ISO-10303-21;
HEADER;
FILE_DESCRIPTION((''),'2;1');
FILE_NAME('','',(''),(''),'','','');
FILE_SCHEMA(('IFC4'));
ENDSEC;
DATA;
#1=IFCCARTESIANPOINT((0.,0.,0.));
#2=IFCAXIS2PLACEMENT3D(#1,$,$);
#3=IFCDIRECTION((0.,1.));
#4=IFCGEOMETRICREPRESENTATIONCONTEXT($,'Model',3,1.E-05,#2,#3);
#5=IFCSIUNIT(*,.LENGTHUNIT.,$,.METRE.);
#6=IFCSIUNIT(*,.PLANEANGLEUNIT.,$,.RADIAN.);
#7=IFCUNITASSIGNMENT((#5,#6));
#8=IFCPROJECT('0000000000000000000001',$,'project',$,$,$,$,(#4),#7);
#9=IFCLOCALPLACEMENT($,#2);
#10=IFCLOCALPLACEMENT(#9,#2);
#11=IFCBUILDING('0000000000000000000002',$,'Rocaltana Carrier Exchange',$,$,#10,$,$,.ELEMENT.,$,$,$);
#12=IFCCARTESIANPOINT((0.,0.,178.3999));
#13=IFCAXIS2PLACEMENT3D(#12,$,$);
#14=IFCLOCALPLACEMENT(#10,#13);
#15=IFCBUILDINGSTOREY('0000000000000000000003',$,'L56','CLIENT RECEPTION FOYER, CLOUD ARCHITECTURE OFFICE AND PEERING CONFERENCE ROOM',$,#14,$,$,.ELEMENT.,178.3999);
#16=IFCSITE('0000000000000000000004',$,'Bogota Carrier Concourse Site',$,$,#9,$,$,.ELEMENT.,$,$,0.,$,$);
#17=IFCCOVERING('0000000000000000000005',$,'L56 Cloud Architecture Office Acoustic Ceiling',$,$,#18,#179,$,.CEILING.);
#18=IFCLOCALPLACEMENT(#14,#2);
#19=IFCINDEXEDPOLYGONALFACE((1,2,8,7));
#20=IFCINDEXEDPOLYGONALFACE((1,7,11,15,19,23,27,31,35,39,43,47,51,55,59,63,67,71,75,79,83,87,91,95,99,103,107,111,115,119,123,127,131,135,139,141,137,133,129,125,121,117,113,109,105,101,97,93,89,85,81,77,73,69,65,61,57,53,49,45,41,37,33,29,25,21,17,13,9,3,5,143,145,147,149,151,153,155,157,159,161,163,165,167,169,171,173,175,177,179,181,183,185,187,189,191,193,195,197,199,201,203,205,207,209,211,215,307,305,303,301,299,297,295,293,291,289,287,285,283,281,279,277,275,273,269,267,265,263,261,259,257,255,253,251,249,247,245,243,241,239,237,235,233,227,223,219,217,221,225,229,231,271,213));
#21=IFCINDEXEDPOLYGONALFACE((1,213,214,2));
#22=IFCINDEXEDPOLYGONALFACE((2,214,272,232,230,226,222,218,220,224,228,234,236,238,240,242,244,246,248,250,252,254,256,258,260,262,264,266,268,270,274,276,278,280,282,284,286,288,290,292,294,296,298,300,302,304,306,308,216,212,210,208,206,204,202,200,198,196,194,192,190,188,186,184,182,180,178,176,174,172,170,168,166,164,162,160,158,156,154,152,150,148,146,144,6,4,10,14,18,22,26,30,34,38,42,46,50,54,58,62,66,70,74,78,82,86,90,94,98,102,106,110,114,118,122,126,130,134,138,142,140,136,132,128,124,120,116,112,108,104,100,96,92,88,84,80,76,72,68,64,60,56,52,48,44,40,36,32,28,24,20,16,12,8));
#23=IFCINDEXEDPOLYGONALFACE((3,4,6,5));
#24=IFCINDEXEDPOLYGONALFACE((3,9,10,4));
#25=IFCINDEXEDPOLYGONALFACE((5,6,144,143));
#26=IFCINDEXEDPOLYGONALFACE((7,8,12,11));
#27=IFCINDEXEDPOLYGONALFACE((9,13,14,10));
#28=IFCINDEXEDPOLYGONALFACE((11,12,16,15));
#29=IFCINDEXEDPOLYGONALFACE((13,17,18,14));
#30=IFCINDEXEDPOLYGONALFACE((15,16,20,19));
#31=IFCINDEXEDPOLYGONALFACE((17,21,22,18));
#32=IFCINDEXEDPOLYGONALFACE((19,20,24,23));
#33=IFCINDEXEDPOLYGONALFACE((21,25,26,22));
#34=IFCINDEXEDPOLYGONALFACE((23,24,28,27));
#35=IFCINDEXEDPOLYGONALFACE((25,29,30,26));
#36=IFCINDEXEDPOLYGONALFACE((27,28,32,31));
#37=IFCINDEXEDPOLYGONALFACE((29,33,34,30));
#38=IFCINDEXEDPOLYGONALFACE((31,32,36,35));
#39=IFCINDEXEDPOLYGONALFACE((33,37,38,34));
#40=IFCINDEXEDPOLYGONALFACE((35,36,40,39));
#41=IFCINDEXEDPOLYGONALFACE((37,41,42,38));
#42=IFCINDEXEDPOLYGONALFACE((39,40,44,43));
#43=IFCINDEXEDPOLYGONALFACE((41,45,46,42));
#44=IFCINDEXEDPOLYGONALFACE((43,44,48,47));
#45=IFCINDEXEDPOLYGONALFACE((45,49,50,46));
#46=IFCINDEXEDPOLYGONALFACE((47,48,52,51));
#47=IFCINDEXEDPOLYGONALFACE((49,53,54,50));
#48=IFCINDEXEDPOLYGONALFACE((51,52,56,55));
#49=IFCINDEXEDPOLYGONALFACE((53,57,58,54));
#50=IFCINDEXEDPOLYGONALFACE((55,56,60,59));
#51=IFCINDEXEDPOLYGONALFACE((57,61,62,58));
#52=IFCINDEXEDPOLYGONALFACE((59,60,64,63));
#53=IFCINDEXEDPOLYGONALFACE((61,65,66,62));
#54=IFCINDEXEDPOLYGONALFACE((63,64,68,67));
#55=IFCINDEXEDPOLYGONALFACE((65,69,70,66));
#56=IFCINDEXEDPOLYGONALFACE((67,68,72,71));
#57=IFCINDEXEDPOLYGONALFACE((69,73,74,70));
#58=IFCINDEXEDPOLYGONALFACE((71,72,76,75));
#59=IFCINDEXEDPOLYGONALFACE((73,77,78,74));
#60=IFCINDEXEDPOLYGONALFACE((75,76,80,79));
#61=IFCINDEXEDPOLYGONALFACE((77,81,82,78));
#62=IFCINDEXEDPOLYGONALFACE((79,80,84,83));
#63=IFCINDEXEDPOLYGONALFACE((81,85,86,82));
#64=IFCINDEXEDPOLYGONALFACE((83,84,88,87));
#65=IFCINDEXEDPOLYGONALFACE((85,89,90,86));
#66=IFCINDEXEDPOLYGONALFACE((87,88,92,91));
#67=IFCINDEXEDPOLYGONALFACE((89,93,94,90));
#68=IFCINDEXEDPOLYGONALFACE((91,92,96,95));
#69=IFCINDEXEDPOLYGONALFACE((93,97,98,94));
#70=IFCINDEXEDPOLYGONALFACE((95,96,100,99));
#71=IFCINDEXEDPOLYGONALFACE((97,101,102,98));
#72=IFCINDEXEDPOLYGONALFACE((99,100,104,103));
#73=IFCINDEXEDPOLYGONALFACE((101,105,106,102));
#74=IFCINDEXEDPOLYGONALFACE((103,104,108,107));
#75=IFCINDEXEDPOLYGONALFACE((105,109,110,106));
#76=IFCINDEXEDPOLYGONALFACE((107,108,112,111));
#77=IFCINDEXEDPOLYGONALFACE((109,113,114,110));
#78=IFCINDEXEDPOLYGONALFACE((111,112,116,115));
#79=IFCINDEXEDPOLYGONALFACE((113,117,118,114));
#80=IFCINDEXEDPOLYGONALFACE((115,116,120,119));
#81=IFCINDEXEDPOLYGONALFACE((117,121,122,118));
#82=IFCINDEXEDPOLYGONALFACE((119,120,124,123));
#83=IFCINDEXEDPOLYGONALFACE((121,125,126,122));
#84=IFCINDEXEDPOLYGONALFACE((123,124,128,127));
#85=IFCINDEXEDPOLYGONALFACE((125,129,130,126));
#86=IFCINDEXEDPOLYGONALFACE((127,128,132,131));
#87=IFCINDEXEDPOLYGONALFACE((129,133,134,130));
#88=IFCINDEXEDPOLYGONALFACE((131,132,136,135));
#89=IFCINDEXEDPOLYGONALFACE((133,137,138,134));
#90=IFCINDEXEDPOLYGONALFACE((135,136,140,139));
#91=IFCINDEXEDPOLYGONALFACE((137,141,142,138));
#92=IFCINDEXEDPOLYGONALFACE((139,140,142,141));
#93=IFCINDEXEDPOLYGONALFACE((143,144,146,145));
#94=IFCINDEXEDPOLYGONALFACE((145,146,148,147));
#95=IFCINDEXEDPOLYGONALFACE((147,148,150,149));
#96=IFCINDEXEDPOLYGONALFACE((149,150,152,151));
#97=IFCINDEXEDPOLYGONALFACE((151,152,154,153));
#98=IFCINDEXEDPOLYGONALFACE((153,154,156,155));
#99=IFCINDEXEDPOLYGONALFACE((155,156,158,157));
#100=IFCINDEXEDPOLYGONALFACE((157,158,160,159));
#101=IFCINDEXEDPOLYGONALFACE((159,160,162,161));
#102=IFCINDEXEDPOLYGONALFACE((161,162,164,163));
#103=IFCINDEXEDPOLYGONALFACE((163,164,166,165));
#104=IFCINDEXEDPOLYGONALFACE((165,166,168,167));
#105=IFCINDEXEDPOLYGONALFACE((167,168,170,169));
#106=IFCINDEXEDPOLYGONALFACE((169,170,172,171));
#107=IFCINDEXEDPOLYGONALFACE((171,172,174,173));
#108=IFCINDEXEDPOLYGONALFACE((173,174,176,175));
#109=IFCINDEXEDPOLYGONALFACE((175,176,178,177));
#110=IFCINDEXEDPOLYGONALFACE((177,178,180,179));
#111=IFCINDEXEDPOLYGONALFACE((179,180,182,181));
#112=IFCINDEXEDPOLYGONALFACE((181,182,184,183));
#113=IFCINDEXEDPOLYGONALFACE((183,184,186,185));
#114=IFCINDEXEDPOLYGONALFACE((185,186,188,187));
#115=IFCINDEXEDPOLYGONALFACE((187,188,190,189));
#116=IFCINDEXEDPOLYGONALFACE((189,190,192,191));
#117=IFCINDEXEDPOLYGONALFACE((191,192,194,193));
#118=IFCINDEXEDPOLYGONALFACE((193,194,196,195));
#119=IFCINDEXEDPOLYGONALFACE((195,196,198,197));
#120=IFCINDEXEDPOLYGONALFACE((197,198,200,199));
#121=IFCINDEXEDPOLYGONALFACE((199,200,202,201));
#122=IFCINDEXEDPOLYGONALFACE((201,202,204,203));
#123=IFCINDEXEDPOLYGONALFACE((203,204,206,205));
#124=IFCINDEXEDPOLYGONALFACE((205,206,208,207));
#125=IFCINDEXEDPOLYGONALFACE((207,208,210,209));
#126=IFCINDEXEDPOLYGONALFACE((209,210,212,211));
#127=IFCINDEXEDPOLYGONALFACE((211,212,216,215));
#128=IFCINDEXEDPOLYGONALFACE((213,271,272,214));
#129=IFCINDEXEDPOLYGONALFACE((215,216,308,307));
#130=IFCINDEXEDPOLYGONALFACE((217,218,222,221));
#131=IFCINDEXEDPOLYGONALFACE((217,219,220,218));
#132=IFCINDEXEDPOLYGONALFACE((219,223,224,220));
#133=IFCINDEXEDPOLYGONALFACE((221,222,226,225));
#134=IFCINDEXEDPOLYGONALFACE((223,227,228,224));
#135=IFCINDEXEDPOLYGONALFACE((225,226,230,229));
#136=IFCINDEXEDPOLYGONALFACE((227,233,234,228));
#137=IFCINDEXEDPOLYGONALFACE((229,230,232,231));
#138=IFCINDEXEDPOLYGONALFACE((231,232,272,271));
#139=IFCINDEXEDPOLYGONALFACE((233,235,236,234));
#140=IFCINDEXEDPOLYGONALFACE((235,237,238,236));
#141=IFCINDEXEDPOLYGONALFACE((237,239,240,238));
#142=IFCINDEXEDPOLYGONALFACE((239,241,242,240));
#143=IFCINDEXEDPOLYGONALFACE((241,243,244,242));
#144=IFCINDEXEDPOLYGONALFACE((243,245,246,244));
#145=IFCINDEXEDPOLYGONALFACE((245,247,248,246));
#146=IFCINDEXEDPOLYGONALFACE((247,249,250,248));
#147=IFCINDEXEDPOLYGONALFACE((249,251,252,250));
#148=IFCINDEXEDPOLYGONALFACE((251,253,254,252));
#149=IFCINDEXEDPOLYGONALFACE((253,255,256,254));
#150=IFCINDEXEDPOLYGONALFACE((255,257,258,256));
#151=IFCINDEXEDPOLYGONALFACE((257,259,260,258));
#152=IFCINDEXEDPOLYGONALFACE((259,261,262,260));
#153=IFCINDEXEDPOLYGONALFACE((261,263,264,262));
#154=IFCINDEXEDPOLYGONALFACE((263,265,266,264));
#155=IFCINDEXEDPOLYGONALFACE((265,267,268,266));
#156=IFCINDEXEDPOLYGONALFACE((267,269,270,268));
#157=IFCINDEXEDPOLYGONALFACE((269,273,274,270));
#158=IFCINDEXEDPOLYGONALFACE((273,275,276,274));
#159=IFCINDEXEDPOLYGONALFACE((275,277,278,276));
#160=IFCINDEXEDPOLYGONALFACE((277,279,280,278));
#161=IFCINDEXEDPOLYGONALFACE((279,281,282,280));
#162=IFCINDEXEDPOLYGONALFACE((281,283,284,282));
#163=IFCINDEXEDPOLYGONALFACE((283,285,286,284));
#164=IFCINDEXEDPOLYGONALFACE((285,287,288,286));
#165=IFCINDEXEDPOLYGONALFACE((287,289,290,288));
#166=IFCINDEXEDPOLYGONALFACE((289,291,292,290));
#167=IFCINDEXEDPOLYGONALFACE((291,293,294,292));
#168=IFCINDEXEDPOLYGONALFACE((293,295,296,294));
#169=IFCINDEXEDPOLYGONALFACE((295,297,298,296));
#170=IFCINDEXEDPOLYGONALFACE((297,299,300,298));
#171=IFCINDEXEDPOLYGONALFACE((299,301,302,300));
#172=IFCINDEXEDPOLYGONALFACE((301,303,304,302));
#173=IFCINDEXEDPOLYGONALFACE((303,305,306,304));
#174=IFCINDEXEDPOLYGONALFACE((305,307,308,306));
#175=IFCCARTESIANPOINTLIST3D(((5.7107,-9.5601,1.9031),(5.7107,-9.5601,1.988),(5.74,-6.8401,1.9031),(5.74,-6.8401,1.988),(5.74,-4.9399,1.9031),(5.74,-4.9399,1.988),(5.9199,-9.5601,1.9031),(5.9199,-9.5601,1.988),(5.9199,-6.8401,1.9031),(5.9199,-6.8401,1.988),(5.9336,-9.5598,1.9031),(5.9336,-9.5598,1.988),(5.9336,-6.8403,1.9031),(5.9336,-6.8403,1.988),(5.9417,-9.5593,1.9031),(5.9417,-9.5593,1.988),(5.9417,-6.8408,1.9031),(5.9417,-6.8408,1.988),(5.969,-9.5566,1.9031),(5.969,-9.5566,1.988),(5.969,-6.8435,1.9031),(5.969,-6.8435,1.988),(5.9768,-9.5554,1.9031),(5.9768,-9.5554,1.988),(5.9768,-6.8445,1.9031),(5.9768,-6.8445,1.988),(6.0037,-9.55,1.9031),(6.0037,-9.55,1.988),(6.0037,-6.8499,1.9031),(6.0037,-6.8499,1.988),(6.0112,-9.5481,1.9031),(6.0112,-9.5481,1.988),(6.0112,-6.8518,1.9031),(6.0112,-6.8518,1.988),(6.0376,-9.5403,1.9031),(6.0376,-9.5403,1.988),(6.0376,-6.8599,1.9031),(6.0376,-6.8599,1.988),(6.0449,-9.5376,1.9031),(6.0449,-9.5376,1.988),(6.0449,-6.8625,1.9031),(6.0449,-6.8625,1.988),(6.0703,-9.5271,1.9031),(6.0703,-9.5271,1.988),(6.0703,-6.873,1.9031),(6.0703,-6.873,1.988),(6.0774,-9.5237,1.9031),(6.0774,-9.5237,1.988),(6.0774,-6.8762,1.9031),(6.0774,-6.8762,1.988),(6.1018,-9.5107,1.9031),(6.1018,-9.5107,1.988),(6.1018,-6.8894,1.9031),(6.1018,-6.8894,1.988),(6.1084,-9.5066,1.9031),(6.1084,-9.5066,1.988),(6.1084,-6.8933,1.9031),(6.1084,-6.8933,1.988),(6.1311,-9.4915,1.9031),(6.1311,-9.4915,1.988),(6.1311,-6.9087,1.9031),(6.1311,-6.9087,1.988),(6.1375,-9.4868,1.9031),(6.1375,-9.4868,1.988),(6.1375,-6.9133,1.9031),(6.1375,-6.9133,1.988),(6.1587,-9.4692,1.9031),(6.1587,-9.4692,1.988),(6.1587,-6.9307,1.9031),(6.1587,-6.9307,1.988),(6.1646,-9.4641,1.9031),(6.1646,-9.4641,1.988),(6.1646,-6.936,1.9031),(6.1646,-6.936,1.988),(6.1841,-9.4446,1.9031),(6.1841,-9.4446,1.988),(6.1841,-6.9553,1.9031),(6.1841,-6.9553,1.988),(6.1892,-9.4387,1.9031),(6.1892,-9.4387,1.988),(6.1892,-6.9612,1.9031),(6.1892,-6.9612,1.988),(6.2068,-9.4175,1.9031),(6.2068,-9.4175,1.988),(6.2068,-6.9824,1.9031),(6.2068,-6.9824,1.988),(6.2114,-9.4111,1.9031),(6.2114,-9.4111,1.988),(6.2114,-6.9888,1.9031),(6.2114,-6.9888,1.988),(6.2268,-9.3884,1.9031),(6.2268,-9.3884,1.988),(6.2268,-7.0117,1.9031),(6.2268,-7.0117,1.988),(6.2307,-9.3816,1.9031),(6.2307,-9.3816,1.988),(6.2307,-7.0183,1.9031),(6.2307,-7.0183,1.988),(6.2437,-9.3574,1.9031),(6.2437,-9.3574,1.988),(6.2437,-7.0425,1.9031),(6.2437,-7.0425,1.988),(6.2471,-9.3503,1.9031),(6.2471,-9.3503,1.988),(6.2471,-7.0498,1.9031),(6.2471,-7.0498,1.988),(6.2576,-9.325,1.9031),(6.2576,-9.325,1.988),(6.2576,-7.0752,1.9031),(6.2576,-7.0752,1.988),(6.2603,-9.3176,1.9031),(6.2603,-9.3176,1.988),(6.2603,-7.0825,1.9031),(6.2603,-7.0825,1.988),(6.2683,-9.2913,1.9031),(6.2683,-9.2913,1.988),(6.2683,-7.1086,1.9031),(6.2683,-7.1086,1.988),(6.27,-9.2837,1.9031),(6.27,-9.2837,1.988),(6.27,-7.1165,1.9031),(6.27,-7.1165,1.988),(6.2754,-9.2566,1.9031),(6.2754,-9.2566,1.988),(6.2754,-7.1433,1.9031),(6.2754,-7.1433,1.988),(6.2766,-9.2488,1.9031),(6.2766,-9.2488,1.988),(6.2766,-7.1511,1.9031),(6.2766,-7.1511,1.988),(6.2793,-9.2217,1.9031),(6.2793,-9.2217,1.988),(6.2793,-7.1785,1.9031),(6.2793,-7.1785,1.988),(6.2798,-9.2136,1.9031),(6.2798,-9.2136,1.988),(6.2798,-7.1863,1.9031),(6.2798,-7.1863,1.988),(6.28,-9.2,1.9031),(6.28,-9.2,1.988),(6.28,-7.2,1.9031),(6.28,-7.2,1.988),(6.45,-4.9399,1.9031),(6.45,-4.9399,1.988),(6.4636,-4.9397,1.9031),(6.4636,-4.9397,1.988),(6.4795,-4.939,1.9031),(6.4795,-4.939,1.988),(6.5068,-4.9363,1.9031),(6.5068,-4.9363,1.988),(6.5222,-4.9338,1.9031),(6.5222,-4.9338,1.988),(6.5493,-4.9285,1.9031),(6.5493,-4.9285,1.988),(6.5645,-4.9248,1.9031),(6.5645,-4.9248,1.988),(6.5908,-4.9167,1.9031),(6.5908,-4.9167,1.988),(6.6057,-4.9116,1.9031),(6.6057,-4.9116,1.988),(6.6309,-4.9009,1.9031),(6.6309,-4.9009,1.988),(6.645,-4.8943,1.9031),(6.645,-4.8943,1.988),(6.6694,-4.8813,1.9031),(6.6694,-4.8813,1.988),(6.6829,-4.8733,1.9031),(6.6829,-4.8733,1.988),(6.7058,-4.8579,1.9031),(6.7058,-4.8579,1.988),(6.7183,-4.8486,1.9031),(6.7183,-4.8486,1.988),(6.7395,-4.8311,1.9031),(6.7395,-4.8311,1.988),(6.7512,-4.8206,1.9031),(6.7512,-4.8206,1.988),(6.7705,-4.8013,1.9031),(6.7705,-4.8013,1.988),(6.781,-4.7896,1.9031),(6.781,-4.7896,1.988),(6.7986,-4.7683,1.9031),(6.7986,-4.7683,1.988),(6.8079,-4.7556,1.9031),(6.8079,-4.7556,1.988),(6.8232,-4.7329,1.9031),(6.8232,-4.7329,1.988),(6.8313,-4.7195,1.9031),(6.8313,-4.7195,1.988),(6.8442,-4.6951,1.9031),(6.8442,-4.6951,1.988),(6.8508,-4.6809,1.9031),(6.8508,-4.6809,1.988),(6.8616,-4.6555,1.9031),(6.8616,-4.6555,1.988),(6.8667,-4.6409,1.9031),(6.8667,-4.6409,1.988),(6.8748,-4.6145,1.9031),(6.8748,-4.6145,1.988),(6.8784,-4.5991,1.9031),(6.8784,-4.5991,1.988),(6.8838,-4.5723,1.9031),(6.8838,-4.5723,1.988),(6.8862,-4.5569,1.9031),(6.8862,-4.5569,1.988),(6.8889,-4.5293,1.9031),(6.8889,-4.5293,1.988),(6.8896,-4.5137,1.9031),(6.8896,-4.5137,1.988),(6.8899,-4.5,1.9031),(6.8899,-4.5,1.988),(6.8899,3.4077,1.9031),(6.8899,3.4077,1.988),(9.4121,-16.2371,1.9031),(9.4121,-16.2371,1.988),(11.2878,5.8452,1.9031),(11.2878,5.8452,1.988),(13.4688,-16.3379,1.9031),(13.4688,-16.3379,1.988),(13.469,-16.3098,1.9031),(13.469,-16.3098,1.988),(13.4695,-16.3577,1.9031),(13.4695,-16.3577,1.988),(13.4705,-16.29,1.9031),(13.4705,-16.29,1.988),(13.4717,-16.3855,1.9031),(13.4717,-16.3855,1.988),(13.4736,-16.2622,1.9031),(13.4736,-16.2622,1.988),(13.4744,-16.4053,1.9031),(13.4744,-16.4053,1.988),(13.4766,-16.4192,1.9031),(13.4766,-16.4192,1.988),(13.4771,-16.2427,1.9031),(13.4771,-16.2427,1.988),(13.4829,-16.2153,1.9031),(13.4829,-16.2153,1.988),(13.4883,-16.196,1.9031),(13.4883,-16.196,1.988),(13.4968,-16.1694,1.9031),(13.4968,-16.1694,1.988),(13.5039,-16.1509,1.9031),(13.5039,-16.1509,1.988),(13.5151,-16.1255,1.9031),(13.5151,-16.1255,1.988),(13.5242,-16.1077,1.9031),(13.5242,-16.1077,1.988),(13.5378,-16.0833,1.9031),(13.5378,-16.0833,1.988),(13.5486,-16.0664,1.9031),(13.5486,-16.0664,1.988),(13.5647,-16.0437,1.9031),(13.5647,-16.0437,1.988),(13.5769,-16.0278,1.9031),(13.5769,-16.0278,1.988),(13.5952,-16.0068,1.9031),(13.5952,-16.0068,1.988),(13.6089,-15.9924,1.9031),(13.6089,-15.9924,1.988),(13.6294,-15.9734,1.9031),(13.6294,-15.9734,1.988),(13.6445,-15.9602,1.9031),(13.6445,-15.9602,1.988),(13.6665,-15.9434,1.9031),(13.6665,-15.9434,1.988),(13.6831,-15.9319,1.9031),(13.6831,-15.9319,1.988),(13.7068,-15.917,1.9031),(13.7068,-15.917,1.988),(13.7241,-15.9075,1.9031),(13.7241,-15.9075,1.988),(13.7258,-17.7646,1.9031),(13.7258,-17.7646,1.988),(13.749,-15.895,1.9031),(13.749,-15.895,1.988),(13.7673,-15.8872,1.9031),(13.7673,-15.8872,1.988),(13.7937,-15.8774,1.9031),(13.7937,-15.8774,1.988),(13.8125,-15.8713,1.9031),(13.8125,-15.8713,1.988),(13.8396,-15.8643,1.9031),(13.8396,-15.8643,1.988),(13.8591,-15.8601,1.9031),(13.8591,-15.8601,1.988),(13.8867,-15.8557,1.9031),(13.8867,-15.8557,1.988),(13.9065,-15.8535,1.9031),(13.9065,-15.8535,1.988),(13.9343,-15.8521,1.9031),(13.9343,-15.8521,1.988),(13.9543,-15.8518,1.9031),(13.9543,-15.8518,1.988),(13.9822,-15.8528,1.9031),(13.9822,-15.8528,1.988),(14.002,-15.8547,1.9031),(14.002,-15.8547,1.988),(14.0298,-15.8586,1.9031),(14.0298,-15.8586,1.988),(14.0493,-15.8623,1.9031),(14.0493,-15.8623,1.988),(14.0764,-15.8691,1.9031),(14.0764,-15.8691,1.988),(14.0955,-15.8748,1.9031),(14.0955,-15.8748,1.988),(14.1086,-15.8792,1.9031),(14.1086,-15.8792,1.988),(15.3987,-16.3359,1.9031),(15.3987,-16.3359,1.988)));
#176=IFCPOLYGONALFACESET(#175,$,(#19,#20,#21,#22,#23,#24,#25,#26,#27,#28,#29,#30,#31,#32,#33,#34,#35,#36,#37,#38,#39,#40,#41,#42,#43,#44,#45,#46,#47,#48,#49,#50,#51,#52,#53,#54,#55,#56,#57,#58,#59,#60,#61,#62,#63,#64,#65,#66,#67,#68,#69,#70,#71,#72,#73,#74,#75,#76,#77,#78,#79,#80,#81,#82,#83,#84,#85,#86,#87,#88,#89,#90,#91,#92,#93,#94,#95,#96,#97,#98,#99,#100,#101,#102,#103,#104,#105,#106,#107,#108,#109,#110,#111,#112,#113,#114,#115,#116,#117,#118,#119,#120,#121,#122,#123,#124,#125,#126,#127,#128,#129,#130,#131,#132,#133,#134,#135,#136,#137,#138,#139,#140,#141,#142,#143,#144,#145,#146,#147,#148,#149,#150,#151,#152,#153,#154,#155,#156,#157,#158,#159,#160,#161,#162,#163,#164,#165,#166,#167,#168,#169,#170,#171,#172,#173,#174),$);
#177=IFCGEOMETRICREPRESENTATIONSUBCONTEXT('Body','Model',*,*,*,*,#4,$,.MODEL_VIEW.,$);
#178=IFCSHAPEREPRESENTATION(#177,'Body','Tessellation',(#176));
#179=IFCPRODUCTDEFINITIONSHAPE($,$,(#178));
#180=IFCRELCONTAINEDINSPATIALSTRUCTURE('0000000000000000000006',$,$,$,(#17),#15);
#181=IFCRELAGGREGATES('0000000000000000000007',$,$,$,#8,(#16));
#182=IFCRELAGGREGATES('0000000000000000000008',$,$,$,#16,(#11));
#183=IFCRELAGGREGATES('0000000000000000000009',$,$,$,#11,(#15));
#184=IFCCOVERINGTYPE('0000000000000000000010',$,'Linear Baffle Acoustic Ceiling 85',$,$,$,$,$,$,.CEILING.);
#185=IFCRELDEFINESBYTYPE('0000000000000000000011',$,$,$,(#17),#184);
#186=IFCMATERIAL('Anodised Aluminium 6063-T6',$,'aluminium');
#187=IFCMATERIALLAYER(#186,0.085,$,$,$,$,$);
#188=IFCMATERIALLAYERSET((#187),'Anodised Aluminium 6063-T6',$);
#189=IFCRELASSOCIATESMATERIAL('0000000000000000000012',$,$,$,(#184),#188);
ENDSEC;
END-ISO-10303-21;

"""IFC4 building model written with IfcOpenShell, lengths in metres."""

from ifc_helpers import new_model, si_unit, direction, frame, origin, place, context, subcontext, project, spatial, polyline, outline, extrude, material, layer, layer_set, type_object, element, save


model = new_model("IFC4")

# Units and contexts
model_context = context("Model", 3, precision=1e-05, world=origin(), true_north=direction((0.0, 1.0)))
body_context = subcontext(model_context, "Body", "Model", "MODEL_VIEW")
ifc_project = project(units=[si_unit("LENGTHUNIT", "METRE"), si_unit("PLANEANGLEUNIT", "RADIAN")], contexts=[model_context])

# Site, building, storey
site_placement = place(None, origin())
site = spatial("IfcSite", under=ifc_project, at=site_placement, Name="Bogota Carrier Concourse Site", CompositionType="ELEMENT", RefElevation=0.0)
building_placement = place(site_placement, origin())
building = spatial("IfcBuilding", under=site, at=building_placement, Name="Rocaltana Carrier Exchange", CompositionType="ELEMENT")
storey_placement = place(building_placement, frame((0.0, 0.0, 178.3999)))
storey = spatial("IfcBuildingStorey", under=building, at=storey_placement, Name="L56", Description="CLIENT RECEPTION FOYER, CLOUD ARCHITECTURE OFFICE AND PEERING CONFERENCE ROOM", CompositionType="ELEMENT", Elevation=178.3999)

# Covering
ifc_material_1 = material(Name="Anodised Aluminium 6063-T6", Category="aluminium")
ifc_layer_1 = layer(ifc_material_1, 0.085)
ifc_layer_set_1 = layer_set([ifc_layer_1], Name="Anodised Aluminium 6063-T6")
covering_type_1 = type_object("IfcCoveringType", Name="Linear Baffle Acoustic Ceiling 85", PredefinedType="CEILING", material=ifc_layer_set_1)
covering_1_placement = place(storey_placement, frame((0.0, 0.0, 1.9031)))
element("IfcCovering", 1, at=covering_1_placement, inside=storey, type_object=covering_type_1, Name="L56 Cloud Architecture Office Acoustic Ceiling", PredefinedType="CEILING", context=body_context, shape_type="SweptSolid", body=[
    extrude(outline(polyline([(5.74, -6.8401), (5.74, -4.9399), (6.45, -4.9399), (6.4636, -4.9397), (6.4795, -4.939), (6.5068, -4.9363), (6.5222, -4.9338), (6.5493, -4.9285), (6.5645, -4.9248), (6.5908, -4.9167), (6.6057, -4.9116), (6.6309, -4.9009), (6.645, -4.8943), (6.6694, -4.8813), (6.6829, -4.8733), (6.7058, -4.8579), (6.7183, -4.8486), (6.7395, -4.8311), (6.7512, -4.8206), (6.7705, -4.8013), (6.781, -4.7896), (6.7986, -4.7683), (6.8079, -4.7556), (6.8232, -4.7329), (6.8313, -4.7195), (6.8442, -4.6951), (6.8508, -4.6809), (6.8616, -4.6555), (6.8667, -4.6409), (6.8748, -4.6145), (6.8784, -4.5991), (6.8838, -4.5723), (6.8862, -4.5569), (6.8889, -4.5293), (6.8896, -4.5137), (6.8899, -4.5), (6.8899, 3.4077), (11.2878, 5.8452), (15.3987, -16.3359), (14.1086, -15.8792), (14.0955, -15.8748), (14.0764, -15.8691), (14.0493, -15.8623), (14.0298, -15.8586), (14.002, -15.8547), (13.9822, -15.8528), (13.9543, -15.8518), (13.9343, -15.8521), (13.9065, -15.8535), (13.8867, -15.8557), (13.8591, -15.8601), (13.8396, -15.8643), (13.8125, -15.8713), (13.7937, -15.8774), (13.7673, -15.8872), (13.749, -15.895), (13.7241, -15.9075), (13.7068, -15.917), (13.6831, -15.9319), (13.6665, -15.9434), (13.6445, -15.9602), (13.6294, -15.9734), (13.6089, -15.9924), (13.5952, -16.0068), (13.5769, -16.0278), (13.5647, -16.0437), (13.5486, -16.0664), (13.5378, -16.0833), (13.5242, -16.1077), (13.5151, -16.1255), (13.5039, -16.1509), (13.4968, -16.1694), (13.4883, -16.196), (13.4829, -16.2153), (13.4771, -16.2427), (13.4736, -16.2622), (13.4705, -16.29), (13.469, -16.3098), (13.4688, -16.3379), (13.4695, -16.3577), (13.4717, -16.3855), (13.4744, -16.4053), (13.4766, -16.4192), (13.7258, -17.7646), (9.4121, -16.2371), (5.7107, -9.5601), (5.9199, -9.5601), (5.9336, -9.5598), (5.9417, -9.5593), (5.969, -9.5566), (5.9768, -9.5554), (6.0037, -9.55), (6.0112, -9.5481), (6.0376, -9.5403), (6.0449, -9.5376), (6.0703, -9.5271), (6.0774, -9.5237), (6.1018, -9.5107), (6.1084, -9.5066), (6.1311, -9.4915), (6.1375, -9.4868), (6.1587, -9.4692), (6.1646, -9.4641), (6.1841, -9.4446), (6.1892, -9.4387), (6.2068, -9.4175), (6.2114, -9.4111), (6.2268, -9.3884), (6.2307, -9.3816), (6.2437, -9.3574), (6.2471, -9.3503), (6.2576, -9.325), (6.2603, -9.3176), (6.2683, -9.2913), (6.27, -9.2837), (6.2754, -9.2566), (6.2766, -9.2488), (6.2793, -9.2217), (6.2798, -9.2136), (6.28, -9.2), (6.28, -7.2), (6.2798, -7.1863), (6.2793, -7.1785), (6.2766, -7.1511), (6.2754, -7.1433), (6.27, -7.1165), (6.2683, -7.1086), (6.2603, -7.0825), (6.2576, -7.0752), (6.2471, -7.0498), (6.2437, -7.0425), (6.2307, -7.0183), (6.2268, -7.0117), (6.2114, -6.9888), (6.2068, -6.9824), (6.1892, -6.9612), (6.1841, -6.9553), (6.1646, -6.936), (6.1587, -6.9307), (6.1375, -6.9133), (6.1311, -6.9087), (6.1084, -6.8933), (6.1018, -6.8894), (6.0774, -6.8762), (6.0703, -6.873), (6.0449, -6.8625), (6.0376, -6.8599), (6.0112, -6.8518), (6.0037, -6.8499), (5.9768, -6.8445), (5.969, -6.8435), (5.9417, -6.8408), (5.9336, -6.8403), (5.9199, -6.8401), (5.74, -6.8401)])), origin(), (0.0, 0.0, 1.0), 0.085),
])

save(model, "model.ifc")
